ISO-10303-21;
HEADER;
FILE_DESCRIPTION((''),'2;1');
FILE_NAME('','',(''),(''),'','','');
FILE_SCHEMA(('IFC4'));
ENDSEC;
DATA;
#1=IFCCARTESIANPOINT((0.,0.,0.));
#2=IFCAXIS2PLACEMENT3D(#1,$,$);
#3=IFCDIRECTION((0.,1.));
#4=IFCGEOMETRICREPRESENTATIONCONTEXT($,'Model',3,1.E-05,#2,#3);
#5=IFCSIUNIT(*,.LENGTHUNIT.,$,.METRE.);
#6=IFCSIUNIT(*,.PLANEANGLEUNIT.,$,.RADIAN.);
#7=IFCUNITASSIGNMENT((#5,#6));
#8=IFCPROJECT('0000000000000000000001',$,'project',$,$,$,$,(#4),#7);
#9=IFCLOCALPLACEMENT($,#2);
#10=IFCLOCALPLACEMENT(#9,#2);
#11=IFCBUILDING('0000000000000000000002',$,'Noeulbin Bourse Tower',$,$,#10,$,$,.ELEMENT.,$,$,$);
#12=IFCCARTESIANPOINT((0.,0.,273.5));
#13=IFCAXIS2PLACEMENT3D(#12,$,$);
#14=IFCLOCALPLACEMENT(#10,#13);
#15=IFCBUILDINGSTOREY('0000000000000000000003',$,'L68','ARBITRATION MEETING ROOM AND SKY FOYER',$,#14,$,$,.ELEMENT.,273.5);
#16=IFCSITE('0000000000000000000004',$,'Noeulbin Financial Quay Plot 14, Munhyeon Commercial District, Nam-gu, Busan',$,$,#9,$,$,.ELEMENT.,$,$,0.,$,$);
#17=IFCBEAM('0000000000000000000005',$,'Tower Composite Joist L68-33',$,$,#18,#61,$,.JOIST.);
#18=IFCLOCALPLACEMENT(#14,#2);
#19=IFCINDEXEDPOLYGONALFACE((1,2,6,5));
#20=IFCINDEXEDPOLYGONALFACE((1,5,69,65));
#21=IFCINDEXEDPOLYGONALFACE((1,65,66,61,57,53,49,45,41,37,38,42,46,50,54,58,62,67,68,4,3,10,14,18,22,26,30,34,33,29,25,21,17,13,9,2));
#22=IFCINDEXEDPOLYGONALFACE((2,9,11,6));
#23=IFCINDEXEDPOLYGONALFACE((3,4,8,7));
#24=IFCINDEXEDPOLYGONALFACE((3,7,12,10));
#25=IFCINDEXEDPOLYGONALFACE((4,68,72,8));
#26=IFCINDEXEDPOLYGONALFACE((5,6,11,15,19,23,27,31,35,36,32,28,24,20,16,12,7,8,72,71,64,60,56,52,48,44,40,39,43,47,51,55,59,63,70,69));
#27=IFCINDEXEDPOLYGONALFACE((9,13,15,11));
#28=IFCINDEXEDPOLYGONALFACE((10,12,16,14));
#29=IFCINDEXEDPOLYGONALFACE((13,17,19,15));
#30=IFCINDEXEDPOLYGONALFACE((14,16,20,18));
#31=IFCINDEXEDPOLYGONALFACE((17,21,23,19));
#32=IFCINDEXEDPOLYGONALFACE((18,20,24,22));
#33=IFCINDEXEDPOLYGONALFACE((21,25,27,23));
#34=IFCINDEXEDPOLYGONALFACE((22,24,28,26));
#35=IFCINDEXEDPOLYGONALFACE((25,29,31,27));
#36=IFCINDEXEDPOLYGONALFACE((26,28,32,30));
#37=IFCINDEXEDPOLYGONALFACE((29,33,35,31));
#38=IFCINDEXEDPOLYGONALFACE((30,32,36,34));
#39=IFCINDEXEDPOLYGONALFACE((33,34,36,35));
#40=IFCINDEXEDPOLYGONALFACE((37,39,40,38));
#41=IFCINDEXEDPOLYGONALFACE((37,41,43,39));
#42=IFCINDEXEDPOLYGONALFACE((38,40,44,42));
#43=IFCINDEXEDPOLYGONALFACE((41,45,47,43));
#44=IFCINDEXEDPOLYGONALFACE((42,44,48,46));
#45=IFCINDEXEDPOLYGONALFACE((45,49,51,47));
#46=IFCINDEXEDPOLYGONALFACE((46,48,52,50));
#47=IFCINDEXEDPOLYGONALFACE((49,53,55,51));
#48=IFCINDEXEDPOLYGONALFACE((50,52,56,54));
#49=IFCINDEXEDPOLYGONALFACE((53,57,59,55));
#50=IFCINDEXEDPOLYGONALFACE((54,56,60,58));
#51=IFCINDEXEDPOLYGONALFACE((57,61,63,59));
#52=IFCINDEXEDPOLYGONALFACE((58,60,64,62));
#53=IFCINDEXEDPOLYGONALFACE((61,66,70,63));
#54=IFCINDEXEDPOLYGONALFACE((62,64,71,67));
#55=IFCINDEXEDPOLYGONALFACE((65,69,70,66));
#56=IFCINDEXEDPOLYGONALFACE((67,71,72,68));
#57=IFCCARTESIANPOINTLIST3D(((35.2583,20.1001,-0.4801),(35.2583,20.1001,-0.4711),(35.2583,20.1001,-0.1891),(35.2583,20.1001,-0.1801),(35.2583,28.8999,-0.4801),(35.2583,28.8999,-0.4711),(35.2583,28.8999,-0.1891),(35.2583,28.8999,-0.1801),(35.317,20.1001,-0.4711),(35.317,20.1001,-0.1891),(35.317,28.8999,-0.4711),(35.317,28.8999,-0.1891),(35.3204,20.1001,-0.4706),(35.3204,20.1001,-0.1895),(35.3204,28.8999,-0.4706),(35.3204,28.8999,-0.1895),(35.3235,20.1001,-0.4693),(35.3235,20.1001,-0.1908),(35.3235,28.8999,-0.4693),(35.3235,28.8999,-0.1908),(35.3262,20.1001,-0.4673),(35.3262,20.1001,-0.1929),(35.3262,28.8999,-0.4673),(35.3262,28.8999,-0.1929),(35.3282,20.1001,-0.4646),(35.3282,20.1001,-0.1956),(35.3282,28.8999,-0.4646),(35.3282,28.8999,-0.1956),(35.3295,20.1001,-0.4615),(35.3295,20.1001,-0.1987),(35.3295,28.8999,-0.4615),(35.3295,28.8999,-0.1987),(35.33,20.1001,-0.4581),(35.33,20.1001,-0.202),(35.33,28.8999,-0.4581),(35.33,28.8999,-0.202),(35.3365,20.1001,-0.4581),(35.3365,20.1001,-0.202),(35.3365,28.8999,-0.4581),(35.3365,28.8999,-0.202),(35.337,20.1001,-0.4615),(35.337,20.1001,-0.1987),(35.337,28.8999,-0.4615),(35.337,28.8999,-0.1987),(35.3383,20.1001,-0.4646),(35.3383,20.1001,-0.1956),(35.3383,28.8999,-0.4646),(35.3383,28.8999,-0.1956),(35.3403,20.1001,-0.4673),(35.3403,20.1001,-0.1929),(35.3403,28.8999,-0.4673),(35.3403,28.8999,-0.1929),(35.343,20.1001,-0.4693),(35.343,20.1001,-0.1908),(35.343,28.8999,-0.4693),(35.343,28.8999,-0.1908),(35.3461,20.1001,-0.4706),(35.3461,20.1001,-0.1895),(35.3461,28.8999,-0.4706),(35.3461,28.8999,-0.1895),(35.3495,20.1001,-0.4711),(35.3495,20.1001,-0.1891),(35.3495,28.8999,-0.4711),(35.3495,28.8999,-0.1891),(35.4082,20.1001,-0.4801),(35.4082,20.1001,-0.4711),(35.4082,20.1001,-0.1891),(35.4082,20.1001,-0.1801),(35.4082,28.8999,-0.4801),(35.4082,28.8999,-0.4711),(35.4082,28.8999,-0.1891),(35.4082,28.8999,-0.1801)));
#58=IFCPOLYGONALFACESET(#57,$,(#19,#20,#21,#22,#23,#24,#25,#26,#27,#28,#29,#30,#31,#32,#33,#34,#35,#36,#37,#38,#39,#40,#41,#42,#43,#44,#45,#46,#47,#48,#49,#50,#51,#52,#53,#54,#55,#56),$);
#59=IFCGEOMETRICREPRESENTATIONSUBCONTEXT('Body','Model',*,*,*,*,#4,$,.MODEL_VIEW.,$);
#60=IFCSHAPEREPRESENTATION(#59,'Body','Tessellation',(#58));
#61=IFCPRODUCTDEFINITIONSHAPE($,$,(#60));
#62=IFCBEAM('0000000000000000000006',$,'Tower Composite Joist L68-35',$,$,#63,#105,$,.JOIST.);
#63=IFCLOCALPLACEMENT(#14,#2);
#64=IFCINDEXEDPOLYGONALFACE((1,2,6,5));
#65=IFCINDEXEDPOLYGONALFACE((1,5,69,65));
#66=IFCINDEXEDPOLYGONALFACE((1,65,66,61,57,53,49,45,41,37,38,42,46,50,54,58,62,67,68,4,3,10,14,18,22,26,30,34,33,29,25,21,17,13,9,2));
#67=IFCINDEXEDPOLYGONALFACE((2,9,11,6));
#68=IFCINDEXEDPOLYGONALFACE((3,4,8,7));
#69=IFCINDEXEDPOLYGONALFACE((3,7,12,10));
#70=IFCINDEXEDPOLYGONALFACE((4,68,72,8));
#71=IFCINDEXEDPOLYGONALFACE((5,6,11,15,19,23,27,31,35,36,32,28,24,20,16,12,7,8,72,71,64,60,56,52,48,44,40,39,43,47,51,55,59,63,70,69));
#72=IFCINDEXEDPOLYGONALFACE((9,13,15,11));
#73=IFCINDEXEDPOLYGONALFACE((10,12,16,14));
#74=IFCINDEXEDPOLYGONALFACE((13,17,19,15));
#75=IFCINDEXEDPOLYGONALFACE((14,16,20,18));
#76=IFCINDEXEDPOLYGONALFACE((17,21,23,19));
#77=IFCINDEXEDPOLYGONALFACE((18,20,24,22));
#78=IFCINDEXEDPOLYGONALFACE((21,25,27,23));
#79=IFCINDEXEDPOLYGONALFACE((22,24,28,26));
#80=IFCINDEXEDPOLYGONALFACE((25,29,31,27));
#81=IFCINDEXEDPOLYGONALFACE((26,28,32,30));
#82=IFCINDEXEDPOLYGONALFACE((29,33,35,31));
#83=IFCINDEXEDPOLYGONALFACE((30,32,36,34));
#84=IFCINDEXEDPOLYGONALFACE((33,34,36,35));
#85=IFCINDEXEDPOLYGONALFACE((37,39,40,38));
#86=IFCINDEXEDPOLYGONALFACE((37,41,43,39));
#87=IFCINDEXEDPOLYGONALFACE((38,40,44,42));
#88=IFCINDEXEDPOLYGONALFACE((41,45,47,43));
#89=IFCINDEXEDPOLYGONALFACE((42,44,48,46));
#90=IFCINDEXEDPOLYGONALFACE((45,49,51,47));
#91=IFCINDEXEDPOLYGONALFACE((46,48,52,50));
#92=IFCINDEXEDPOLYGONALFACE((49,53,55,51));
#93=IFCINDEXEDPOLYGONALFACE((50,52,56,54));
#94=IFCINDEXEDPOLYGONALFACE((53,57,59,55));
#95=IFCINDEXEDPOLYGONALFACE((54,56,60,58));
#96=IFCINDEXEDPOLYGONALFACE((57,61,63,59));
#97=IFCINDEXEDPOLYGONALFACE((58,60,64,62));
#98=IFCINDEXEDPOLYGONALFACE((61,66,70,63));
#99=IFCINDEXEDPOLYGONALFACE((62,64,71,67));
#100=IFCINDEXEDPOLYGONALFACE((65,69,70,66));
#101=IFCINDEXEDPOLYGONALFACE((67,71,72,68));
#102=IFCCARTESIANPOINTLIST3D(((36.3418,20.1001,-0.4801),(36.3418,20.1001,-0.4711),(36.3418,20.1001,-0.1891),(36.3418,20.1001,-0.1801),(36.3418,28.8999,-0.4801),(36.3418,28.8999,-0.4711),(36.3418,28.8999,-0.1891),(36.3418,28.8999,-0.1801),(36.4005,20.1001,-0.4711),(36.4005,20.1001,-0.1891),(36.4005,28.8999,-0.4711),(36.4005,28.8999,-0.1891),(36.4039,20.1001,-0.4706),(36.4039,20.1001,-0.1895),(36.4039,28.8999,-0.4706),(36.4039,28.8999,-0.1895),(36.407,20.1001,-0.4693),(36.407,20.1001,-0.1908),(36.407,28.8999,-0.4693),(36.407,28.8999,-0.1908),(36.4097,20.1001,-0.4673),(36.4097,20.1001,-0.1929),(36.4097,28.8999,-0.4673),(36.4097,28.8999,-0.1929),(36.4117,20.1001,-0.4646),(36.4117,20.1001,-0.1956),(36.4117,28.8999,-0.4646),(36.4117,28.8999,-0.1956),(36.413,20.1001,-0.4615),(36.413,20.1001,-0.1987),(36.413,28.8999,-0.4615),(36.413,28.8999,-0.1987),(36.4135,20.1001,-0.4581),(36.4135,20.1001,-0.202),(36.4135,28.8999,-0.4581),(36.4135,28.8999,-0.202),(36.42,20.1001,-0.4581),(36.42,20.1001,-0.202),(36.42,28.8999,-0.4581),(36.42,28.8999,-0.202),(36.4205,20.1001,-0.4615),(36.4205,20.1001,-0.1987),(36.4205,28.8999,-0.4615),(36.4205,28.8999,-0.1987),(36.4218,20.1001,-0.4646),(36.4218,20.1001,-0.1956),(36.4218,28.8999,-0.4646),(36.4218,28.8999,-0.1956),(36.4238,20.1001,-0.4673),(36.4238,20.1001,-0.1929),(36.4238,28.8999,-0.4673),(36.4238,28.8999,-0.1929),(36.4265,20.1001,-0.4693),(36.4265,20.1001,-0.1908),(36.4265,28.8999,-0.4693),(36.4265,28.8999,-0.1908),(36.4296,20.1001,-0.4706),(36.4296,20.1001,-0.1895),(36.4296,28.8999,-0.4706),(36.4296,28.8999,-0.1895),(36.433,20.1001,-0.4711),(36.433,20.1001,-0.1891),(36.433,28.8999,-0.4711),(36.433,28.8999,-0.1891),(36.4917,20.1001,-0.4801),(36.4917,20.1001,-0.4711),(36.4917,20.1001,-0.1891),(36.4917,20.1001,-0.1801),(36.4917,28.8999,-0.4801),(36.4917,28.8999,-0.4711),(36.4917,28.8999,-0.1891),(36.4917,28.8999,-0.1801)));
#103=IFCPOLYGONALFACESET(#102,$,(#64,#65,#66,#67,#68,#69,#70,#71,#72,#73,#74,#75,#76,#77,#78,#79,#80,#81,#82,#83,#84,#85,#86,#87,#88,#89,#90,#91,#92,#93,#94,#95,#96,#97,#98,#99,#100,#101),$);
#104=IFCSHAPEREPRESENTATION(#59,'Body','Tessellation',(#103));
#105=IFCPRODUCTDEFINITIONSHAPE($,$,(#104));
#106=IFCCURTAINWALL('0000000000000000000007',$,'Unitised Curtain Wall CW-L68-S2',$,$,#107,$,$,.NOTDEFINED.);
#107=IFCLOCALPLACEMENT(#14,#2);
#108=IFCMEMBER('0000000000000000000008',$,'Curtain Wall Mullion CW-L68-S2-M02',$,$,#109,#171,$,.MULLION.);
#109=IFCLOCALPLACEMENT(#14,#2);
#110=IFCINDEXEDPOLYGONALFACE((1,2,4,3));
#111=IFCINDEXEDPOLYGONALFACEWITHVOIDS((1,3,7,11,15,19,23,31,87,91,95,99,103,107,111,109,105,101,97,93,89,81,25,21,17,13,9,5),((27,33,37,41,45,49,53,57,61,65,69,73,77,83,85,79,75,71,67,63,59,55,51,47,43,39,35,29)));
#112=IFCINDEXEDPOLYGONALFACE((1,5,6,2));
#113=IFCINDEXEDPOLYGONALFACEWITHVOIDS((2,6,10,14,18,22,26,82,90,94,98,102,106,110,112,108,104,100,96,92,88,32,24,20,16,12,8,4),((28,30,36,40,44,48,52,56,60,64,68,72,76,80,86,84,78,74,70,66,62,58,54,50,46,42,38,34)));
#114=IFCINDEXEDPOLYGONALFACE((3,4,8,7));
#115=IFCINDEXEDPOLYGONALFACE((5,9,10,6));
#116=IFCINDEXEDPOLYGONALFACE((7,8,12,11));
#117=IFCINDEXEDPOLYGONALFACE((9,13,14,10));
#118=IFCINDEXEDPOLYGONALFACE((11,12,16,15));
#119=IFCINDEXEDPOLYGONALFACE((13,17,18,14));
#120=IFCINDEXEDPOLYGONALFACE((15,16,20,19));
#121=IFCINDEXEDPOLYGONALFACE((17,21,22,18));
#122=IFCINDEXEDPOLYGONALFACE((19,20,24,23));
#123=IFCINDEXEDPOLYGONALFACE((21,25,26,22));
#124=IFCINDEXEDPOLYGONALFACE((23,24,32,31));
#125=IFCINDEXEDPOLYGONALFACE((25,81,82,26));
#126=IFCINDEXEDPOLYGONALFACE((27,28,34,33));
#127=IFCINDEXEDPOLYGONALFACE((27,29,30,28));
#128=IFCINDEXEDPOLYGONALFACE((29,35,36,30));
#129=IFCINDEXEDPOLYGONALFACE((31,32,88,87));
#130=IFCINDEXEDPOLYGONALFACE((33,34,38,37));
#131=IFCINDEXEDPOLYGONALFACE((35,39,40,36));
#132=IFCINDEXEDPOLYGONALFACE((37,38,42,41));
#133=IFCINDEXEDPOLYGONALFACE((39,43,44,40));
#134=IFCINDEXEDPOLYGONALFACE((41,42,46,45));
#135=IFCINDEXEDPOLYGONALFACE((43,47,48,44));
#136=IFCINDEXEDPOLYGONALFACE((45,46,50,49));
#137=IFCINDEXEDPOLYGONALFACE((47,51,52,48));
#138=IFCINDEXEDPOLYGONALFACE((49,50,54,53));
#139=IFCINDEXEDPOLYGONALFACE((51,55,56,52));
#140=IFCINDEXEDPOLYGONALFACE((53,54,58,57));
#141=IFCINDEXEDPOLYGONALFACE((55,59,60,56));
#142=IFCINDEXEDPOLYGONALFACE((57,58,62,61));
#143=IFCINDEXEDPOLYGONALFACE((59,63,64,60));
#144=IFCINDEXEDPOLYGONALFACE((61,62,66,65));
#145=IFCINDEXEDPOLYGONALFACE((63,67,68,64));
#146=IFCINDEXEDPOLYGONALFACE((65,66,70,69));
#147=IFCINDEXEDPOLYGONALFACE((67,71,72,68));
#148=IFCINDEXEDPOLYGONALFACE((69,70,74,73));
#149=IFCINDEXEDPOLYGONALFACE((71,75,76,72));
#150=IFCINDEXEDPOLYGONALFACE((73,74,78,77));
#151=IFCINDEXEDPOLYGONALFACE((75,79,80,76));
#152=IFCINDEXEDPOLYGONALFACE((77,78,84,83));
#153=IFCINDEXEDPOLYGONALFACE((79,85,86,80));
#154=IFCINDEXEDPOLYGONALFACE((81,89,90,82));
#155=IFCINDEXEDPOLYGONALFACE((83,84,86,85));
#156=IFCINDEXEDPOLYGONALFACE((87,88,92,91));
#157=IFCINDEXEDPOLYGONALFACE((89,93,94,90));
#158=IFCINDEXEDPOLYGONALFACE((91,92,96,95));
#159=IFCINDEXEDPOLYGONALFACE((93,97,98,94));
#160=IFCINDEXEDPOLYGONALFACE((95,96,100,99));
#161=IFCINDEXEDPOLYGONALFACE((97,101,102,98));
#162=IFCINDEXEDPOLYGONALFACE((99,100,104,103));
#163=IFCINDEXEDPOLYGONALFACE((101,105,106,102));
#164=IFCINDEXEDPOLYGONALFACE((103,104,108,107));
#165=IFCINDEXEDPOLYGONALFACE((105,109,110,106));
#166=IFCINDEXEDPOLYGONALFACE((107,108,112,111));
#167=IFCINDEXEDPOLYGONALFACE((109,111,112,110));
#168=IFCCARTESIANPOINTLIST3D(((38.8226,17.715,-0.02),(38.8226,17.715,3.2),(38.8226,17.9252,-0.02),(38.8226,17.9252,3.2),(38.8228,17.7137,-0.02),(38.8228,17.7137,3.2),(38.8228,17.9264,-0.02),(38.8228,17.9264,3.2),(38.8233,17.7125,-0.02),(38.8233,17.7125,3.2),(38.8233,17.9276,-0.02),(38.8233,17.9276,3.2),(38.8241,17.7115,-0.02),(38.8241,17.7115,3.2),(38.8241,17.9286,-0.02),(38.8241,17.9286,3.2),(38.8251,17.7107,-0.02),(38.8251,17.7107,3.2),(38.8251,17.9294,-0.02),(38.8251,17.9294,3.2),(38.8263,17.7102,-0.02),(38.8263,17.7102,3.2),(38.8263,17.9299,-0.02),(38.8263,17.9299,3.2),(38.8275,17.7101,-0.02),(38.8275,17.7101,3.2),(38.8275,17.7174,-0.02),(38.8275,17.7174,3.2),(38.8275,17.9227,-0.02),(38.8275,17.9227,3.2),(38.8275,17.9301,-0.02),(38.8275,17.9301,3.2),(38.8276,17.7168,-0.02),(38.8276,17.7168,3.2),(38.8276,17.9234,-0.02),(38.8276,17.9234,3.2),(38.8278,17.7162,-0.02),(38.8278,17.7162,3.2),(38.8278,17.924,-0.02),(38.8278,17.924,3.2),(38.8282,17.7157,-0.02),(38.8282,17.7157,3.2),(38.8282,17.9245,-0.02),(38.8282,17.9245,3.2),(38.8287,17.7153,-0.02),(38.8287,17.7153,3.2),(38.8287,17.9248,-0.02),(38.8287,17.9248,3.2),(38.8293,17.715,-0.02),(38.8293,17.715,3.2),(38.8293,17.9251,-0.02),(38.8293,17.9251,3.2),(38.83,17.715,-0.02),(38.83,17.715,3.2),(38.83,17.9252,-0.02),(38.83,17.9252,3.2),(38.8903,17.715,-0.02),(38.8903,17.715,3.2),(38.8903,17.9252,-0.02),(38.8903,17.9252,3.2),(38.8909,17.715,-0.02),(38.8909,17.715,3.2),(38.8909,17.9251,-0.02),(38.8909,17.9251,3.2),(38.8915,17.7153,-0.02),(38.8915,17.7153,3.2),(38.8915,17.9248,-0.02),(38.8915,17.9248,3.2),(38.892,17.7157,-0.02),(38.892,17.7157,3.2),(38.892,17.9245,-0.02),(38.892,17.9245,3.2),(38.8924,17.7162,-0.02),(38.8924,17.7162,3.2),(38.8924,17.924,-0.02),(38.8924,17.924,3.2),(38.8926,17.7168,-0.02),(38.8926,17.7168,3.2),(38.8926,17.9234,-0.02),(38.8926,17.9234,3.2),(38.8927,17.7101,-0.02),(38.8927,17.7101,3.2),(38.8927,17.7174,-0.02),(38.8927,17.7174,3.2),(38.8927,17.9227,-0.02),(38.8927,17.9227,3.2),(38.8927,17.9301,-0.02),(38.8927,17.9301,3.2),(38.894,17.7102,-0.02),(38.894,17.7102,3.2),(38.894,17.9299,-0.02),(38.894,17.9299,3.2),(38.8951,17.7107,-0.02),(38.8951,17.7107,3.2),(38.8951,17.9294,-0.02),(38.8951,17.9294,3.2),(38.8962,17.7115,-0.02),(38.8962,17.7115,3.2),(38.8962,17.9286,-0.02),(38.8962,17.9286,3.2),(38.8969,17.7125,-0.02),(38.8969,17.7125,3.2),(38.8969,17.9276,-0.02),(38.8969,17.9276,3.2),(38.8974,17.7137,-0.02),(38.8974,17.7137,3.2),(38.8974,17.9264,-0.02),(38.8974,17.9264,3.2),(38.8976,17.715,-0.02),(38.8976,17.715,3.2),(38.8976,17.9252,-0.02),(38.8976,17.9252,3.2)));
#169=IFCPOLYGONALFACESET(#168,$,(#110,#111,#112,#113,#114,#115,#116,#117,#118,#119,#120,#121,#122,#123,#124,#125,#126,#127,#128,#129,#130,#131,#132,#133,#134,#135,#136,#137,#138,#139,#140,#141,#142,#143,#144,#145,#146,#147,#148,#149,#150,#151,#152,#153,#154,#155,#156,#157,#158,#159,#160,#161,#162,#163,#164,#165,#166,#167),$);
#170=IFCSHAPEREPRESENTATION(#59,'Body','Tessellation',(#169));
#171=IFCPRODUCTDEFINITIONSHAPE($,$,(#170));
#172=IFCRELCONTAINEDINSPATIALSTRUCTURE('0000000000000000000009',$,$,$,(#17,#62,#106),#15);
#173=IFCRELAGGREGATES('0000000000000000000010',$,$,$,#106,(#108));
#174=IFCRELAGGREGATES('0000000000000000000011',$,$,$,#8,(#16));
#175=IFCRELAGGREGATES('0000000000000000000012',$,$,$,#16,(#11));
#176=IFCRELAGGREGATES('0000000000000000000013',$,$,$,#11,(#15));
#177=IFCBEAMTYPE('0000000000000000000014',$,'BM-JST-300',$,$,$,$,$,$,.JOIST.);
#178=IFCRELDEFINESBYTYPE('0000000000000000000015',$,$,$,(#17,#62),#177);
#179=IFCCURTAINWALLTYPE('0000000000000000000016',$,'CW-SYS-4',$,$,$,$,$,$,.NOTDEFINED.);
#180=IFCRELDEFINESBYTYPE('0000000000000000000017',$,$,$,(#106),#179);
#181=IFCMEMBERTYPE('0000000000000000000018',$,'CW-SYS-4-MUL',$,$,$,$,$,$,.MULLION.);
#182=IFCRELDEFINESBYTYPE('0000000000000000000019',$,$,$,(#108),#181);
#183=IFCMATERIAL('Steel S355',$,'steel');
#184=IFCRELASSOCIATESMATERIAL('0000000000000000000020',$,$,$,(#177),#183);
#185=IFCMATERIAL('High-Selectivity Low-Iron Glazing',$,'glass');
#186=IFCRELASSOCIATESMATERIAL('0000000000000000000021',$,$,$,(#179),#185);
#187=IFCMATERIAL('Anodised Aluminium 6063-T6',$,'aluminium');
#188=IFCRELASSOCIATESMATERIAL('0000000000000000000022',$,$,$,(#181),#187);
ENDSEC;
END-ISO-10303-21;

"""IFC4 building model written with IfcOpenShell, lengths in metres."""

from ifc_helpers import new_model, si_unit, direction, frame, origin, origin_2d, place, context, subcontext, project, spatial, hollow_rectangle, i_section, extrude, material, material_profile, profile_set, type_object, element, aggregate, save


model = new_model("IFC4")

# Units and contexts
model_context = context("Model", 3, precision=1e-05, world=origin(), true_north=direction((0.0, 1.0)))
body_context = subcontext(model_context, "Body", "Model", "MODEL_VIEW")
ifc_project = project(units=[si_unit("LENGTHUNIT", "METRE"), si_unit("PLANEANGLEUNIT", "RADIAN")], contexts=[model_context])

# Site, building, storey
site_placement = place(None, origin())
site = spatial("IfcSite", under=ifc_project, at=site_placement, Name="Noeulbin Financial Quay Plot 14, Munhyeon Commercial District, Nam-gu, Busan", CompositionType="ELEMENT", RefElevation=0.0)
building_placement = place(site_placement, origin())
building = spatial("IfcBuilding", under=site, at=building_placement, Name="Noeulbin Bourse Tower", CompositionType="ELEMENT")
storey_placement = place(building_placement, frame((0.0, 0.0, 273.5)))
storey = spatial("IfcBuildingStorey", under=building, at=storey_placement, Name="L68", Description="ARBITRATION MEETING ROOM AND SKY FOYER", CompositionType="ELEMENT", Elevation=273.5)

# Shared definitions
ifc_material_1 = material(Name="Steel S355", Category="steel")

# Beams
ifc_material_profile_1 = material_profile(ifc_material_1, i_section(OverallWidth=0.1499, OverallDepth=0.3, WebThickness=0.0066, FlangeThickness=0.009, FilletRadius=0.0129, at=origin_2d()), Name="H-300x150x6.5x9", Category="LoadBearing")
ifc_profile_set_1 = profile_set([ifc_material_profile_1], Name="Steel S355")
beam_type_1 = type_object("IfcBeamType", Name="BM-JST-300", PredefinedType="JOIST", material=ifc_profile_set_1)
for number, where, z_axis, x_axis, name in (
    (1, (35.3333, 20.1001, -0.3301), (0.0, 1.0, 0.0), (-1.0, 0.0, 0.0), "Tower Composite Joist L68-33"),
    (2, (36.4167, 20.1001, -0.3301), (0.0, 1.0, 0.0), (-1.0, 0.0, 0.0), "Tower Composite Joist L68-35"),
):
    element("IfcBeam", number, at=place(storey_placement, frame(where, z_axis=z_axis, x_axis=x_axis)), inside=storey, type_object=beam_type_1, Name=name, PredefinedType="JOIST", context=body_context, shape_type="SweptSolid", body=[
        extrude(i_section(OverallWidth=0.1499, OverallDepth=0.3, WebThickness=0.0066, FlangeThickness=0.009, FilletRadius=0.0129, at=origin_2d()), origin(), (0.0, 0.0, 1.0), 8.7998),
    ])

# Curtain wall, member
ifc_material_2 = material(Name="High-Selectivity Low-Iron Glazing", Category="glass")
curtain_wall_type = type_object("IfcCurtainWallType", Name="CW-SYS-4", PredefinedType="NOTDEFINED", material=ifc_material_2)
curtain_wall_1_placement = place(storey_placement, origin())
curtain_wall_1 = element("IfcCurtainWall", 3, at=curtain_wall_1_placement, inside=storey, type_object=curtain_wall_type, Name="Unitised Curtain Wall CW-L68-S2", PredefinedType="NOTDEFINED")
ifc_material_3 = material(Name="Anodised Aluminium 6063-T6", Category="aluminium")
ifc_material_profile_2 = material_profile(ifc_material_3, hollow_rectangle(XDim=0.075, YDim=0.22, WallThickness=0.0049, InnerFilletRadius=0.0024, OuterFilletRadius=0.0049, at=origin_2d()), Name="ALU-MULL-75x220x5", Category="LoadBearing")
ifc_profile_set_2 = profile_set([ifc_material_profile_2], Name="Anodised Aluminium 6063-T6")
member_type_1 = type_object("IfcMemberType", Name="CW-SYS-4-MUL", PredefinedType="MULLION", material=ifc_profile_set_2)
member_1_placement = place(storey_placement, frame((38.8601, 17.8201, -0.02), z_axis=(0.0, 0.0, 1.0), x_axis=(1.0, 0.0, 0.0)))
member_1 = element("IfcMember", 4, at=member_1_placement, type_object=member_type_1, Name="Curtain Wall Mullion CW-L68-S2-M02", PredefinedType="MULLION", context=body_context, shape_type="SweptSolid", body=[
    extrude(hollow_rectangle(XDim=0.075, YDim=0.22, WallThickness=0.0049, InnerFilletRadius=0.0024, OuterFilletRadius=0.0049, at=origin_2d()), origin(), (0.0, 0.0, 1.0), 3.22),
])

aggregate(curtain_wall_1, [member_1])

save(model, "model.ifc")
